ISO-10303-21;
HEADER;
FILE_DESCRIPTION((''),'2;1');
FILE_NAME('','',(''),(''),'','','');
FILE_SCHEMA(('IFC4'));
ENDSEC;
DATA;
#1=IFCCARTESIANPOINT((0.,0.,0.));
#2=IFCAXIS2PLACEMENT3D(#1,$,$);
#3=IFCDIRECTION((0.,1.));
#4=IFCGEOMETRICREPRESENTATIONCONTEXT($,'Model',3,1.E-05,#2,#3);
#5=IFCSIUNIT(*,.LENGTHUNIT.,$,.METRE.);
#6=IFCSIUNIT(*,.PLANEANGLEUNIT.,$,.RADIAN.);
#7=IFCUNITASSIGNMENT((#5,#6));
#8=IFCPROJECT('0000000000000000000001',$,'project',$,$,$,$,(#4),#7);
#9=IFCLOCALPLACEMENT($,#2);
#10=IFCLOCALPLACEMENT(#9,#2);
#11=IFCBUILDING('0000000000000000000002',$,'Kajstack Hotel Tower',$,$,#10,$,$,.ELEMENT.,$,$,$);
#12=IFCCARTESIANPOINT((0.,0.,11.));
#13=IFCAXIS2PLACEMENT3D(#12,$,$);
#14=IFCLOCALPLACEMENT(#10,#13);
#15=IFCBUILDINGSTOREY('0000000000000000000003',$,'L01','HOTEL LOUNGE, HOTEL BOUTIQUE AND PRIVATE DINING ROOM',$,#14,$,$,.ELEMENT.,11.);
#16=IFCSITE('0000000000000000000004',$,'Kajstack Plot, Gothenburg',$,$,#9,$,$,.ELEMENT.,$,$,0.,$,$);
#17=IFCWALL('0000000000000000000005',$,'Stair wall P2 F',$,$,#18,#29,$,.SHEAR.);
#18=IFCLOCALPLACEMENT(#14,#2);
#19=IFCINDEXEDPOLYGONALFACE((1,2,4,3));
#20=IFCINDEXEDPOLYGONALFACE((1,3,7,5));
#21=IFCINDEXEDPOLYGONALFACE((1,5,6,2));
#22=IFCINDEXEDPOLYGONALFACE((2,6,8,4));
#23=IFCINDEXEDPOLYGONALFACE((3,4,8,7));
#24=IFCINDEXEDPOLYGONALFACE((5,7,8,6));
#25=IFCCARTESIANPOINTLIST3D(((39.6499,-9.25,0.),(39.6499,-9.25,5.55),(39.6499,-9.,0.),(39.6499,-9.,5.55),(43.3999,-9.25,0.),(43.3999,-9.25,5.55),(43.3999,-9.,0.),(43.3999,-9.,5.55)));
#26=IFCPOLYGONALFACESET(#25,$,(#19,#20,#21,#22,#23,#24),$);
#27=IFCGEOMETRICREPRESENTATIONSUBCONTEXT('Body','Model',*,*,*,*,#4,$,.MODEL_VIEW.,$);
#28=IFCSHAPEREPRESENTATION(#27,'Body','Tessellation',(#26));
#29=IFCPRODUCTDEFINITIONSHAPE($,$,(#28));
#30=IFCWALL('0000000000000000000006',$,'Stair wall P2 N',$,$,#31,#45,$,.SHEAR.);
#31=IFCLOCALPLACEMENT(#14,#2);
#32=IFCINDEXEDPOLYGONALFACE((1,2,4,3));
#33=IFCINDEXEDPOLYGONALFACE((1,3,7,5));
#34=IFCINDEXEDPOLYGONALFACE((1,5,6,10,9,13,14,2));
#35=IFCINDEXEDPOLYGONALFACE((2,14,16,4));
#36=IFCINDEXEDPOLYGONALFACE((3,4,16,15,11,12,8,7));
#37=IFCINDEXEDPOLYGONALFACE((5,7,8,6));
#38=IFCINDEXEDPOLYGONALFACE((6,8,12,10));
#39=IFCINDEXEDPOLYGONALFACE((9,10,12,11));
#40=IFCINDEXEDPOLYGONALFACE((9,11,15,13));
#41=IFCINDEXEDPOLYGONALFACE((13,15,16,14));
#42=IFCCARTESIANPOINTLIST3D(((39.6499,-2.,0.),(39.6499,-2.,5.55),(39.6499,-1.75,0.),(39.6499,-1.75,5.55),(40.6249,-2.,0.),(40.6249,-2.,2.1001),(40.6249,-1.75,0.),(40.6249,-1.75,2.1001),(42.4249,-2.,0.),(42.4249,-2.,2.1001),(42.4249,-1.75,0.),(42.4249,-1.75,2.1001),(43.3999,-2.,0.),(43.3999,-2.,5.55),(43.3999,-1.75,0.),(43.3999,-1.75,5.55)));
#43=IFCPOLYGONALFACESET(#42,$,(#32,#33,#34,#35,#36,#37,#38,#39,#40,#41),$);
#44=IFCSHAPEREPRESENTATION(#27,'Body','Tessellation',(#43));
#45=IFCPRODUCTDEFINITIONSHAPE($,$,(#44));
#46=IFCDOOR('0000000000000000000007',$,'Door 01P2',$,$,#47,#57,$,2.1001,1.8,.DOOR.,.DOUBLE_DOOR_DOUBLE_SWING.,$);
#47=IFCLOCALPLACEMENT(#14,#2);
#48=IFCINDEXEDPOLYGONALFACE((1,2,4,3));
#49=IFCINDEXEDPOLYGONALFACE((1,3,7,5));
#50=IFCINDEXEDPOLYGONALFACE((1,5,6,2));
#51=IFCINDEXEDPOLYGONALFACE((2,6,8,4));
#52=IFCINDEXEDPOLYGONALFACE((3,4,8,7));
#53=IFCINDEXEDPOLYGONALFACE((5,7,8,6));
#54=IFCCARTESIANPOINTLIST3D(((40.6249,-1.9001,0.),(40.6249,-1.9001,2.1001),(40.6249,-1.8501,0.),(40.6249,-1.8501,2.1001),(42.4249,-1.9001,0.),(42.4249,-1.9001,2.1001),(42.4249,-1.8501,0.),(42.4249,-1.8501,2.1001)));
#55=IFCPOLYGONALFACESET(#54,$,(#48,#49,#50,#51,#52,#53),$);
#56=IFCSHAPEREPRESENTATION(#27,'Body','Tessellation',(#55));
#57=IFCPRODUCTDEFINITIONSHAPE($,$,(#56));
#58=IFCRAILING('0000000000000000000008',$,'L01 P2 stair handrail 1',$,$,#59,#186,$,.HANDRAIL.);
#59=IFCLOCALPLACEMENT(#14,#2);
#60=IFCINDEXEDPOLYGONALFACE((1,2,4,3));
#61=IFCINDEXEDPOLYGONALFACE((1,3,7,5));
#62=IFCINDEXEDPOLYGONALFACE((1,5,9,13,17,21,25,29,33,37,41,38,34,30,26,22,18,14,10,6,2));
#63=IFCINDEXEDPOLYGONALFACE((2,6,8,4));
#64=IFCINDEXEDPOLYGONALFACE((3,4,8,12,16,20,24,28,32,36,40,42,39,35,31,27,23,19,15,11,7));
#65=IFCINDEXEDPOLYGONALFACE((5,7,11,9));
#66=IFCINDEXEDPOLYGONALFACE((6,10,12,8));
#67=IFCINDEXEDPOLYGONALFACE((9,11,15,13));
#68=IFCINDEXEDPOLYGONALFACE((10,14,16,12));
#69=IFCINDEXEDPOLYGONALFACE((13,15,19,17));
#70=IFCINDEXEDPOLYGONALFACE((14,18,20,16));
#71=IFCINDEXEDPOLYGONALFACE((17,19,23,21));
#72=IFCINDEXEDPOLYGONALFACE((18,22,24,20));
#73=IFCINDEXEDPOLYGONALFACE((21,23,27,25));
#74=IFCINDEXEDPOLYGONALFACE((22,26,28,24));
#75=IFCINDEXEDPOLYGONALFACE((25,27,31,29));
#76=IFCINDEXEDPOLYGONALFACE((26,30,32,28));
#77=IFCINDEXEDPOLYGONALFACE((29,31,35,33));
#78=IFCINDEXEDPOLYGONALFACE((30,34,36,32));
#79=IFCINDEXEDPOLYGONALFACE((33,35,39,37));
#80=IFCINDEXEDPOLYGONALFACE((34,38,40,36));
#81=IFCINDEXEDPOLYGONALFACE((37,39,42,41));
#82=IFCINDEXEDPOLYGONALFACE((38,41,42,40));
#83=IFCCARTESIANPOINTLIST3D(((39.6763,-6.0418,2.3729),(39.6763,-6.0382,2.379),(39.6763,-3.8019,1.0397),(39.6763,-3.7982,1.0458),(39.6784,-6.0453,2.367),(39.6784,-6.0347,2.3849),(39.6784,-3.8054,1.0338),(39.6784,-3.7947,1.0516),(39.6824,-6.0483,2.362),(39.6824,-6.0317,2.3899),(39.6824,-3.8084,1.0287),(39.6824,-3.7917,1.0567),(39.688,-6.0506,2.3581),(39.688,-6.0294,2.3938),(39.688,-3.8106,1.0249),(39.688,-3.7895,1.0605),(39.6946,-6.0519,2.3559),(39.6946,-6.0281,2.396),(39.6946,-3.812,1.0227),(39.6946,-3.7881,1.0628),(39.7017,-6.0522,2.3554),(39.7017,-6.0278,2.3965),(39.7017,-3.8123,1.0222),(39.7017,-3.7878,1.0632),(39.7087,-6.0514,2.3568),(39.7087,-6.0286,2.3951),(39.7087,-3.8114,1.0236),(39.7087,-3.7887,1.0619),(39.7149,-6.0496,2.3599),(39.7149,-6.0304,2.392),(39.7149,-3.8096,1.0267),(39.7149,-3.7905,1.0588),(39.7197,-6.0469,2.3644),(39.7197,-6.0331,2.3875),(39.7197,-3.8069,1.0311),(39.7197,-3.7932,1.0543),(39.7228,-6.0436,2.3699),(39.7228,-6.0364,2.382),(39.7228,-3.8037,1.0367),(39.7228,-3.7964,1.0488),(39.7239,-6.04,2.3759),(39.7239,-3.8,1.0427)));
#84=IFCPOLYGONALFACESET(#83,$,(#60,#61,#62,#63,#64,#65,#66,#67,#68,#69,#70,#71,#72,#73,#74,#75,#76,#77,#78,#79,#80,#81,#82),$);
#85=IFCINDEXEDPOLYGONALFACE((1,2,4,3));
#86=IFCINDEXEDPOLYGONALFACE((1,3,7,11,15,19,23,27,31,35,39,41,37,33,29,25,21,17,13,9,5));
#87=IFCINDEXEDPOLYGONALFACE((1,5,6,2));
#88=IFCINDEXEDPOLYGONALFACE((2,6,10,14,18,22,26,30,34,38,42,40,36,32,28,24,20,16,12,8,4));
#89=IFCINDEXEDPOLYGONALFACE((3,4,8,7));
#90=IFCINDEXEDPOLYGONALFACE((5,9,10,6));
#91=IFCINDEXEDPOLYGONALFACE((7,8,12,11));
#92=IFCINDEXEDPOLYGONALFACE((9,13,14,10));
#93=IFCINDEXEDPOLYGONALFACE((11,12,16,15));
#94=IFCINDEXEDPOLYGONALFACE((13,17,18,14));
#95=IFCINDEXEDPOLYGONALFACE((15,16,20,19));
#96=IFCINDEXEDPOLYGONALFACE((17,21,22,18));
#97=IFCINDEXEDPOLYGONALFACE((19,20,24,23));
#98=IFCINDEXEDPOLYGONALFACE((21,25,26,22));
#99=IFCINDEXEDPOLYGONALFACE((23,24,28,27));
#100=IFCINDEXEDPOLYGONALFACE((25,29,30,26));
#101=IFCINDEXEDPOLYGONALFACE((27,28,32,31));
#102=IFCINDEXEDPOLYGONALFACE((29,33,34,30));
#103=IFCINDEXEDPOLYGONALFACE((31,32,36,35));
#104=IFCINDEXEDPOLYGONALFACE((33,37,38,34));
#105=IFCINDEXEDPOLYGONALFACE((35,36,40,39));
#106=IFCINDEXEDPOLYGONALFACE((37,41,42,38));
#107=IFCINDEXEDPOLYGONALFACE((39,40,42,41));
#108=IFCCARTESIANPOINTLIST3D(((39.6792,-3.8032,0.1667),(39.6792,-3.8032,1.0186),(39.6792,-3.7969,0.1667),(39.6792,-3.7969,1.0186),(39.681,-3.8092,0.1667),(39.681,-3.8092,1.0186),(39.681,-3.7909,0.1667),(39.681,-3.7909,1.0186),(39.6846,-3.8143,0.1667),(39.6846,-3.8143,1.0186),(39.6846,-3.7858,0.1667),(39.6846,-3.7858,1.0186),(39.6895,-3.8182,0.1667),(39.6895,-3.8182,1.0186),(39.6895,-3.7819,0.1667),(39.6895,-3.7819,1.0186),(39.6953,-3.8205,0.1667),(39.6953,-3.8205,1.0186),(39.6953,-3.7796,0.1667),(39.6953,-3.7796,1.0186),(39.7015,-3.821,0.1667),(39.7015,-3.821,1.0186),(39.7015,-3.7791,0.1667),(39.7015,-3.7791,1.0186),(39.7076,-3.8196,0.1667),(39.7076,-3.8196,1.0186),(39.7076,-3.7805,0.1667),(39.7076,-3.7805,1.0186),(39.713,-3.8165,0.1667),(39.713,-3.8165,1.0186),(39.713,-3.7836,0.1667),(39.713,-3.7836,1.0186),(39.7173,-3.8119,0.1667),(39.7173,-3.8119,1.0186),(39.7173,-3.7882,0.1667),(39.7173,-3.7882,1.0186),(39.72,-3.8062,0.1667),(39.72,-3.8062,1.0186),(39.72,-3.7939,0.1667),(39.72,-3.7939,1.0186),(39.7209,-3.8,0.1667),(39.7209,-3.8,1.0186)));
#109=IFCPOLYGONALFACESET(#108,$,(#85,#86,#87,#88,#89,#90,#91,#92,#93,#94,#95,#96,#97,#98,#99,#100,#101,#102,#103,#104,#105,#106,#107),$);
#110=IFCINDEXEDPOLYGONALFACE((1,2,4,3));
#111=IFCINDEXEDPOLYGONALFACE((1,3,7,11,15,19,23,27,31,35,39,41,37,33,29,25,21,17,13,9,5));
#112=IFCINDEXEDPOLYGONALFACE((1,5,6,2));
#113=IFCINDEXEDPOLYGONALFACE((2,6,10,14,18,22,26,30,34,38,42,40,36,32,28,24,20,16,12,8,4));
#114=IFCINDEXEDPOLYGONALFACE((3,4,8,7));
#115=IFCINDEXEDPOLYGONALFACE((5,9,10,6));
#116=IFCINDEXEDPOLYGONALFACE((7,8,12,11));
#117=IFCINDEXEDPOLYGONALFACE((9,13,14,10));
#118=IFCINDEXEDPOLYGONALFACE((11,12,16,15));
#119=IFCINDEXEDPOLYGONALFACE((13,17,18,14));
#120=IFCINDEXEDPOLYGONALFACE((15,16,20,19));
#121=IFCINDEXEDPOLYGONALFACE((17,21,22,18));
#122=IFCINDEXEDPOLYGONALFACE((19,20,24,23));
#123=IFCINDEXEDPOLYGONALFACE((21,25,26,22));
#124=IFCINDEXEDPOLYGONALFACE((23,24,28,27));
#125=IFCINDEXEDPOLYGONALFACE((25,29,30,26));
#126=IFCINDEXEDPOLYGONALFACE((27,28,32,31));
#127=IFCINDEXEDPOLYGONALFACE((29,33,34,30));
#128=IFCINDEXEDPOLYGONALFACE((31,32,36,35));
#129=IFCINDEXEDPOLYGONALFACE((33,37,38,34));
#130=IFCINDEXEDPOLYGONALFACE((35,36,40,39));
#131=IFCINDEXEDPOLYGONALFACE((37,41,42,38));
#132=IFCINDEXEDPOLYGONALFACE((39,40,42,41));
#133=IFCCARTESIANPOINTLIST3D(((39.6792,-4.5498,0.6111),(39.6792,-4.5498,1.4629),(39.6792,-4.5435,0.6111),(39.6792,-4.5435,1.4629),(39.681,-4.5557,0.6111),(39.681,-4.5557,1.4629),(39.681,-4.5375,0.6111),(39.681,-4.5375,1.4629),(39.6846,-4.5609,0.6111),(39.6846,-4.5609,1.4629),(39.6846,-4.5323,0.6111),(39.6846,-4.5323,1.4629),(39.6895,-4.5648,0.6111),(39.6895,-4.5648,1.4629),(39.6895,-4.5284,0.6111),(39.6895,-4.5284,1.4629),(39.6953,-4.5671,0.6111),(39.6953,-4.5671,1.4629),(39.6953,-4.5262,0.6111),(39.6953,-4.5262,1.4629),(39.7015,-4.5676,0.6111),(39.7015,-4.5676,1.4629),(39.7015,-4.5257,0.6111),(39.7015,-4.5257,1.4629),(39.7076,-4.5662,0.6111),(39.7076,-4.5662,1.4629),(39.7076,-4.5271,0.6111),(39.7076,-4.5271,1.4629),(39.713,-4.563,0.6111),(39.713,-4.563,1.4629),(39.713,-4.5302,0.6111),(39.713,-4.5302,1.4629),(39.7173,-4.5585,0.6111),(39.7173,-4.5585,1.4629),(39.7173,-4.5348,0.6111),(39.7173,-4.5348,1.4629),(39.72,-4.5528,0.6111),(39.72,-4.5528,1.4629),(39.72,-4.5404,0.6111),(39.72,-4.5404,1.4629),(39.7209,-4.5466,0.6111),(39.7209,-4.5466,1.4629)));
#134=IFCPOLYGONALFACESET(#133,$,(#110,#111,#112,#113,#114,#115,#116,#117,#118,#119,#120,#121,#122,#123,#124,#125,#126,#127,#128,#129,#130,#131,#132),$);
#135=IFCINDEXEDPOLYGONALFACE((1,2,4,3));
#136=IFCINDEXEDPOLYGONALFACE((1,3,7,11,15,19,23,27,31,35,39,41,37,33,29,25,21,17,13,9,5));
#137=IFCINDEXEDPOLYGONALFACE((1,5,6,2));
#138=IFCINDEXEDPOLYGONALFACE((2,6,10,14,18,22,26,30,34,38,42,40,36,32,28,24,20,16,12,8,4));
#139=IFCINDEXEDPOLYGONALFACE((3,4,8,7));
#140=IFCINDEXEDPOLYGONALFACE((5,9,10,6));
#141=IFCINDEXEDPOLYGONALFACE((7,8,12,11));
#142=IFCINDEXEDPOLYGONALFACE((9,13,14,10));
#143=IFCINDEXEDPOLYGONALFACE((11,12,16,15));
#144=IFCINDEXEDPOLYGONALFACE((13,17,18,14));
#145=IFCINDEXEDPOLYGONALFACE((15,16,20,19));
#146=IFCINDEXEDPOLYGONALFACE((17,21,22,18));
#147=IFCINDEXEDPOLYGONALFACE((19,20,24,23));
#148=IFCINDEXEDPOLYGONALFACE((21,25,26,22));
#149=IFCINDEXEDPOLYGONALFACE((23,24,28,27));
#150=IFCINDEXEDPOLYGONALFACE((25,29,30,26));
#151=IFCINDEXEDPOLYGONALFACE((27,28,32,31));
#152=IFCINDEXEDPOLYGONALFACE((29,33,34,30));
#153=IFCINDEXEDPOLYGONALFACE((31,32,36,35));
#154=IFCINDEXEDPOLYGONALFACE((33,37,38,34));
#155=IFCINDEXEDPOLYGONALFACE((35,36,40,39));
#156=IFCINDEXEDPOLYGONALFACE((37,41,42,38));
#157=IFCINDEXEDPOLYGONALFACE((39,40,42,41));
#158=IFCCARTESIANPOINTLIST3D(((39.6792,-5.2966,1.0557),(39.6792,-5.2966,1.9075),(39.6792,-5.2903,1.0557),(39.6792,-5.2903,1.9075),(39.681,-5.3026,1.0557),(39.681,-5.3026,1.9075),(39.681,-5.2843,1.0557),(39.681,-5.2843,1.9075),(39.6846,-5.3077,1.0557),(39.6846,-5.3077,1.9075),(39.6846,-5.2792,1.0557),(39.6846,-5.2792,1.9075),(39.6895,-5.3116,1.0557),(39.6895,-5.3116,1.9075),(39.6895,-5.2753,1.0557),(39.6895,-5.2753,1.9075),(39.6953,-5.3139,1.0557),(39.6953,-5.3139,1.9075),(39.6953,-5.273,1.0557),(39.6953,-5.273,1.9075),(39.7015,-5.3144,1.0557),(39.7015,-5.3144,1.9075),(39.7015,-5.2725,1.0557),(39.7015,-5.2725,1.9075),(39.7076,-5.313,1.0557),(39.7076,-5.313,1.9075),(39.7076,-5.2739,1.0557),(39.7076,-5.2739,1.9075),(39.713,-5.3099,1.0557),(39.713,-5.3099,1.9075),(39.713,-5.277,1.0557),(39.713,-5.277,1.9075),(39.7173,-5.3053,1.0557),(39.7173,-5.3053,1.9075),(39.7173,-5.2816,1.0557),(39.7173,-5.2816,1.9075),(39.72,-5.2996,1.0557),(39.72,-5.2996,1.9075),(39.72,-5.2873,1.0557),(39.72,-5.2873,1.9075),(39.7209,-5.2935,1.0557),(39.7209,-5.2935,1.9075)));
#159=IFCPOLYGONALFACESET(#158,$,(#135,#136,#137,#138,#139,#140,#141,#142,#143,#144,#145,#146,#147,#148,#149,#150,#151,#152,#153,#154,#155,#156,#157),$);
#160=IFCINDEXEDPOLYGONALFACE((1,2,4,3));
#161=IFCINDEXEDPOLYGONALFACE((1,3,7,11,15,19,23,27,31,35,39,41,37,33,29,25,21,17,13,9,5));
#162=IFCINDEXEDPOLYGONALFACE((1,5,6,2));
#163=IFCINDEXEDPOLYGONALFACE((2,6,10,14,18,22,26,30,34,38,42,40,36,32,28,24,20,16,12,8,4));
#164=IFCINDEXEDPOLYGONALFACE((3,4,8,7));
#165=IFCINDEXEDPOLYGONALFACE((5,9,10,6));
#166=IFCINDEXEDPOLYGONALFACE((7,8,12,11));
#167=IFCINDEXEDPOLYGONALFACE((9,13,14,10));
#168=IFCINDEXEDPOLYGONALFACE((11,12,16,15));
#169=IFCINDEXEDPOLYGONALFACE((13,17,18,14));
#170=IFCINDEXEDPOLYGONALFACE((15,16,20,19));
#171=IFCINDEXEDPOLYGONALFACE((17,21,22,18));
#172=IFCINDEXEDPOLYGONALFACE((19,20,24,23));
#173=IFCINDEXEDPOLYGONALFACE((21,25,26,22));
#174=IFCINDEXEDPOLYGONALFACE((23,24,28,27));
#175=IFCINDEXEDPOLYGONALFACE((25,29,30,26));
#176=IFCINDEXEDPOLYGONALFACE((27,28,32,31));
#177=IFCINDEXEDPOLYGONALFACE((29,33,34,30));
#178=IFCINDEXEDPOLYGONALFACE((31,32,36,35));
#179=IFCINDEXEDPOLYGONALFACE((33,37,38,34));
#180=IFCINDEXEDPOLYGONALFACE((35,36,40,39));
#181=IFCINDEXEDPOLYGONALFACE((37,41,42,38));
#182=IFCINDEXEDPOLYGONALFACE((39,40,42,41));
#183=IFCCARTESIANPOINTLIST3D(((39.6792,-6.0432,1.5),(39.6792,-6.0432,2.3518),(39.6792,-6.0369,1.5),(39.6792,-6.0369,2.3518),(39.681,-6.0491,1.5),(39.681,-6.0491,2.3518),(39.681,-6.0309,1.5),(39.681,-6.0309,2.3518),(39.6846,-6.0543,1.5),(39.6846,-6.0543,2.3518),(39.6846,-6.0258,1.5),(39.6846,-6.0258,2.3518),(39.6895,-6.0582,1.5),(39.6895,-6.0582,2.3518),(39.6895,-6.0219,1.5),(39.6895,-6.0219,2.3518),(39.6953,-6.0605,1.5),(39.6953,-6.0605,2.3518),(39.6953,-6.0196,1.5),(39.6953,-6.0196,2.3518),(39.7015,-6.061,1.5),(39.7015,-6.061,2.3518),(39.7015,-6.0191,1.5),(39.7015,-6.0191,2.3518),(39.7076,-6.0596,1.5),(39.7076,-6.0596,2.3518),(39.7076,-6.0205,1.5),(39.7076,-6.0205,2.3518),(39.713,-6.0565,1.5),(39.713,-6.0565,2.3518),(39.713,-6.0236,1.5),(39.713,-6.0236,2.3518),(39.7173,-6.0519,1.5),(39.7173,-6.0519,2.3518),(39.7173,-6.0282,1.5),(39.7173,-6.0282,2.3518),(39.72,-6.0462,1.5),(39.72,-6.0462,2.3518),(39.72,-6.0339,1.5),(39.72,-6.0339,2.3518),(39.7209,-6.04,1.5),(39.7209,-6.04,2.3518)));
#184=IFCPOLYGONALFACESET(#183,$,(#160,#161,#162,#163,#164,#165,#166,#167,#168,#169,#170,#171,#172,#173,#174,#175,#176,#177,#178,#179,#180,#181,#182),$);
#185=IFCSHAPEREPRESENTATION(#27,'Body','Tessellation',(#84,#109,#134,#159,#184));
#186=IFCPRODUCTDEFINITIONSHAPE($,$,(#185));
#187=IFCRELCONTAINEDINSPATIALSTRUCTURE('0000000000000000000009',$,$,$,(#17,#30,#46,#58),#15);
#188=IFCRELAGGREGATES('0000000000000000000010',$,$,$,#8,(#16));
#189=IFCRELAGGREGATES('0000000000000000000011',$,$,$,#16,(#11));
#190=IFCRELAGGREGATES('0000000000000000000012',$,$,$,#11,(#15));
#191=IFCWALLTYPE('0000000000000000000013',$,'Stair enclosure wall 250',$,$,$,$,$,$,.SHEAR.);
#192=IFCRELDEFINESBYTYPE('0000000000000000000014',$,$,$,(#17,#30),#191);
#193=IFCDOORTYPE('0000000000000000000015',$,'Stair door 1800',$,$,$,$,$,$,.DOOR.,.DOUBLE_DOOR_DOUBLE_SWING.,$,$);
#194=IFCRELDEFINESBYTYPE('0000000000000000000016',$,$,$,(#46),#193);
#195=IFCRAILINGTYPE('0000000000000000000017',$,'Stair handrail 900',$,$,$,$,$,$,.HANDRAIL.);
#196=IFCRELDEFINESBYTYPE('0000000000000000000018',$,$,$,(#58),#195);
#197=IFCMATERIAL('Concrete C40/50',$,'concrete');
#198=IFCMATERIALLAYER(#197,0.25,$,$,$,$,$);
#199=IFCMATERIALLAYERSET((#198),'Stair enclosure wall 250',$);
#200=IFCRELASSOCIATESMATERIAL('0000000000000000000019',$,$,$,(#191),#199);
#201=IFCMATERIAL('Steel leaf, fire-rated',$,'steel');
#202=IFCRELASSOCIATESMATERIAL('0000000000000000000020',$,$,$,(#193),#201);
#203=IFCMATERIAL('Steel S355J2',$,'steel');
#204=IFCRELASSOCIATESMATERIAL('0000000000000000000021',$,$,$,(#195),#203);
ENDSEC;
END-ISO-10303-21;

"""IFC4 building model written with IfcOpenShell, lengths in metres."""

from ifc_helpers import new_model, si_unit, direction, frame, frame_2d, origin, origin_2d, place, context, subcontext, project, spatial, rectangle, circle, extrude, material, layer, layer_set, type_object, element, fill, save


model = new_model("IFC4")

# Units and contexts
model_context = context("Model", 3, precision=1e-05, world=origin(), true_north=direction((0.0, 1.0)))
body_context = subcontext(model_context, "Body", "Model", "MODEL_VIEW")
ifc_project = project(units=[si_unit("LENGTHUNIT", "METRE"), si_unit("PLANEANGLEUNIT", "RADIAN")], contexts=[model_context])

# Site, building, storey
site_placement = place(None, origin())
site = spatial("IfcSite", under=ifc_project, at=site_placement, Name="Kajstack Plot, Gothenburg", CompositionType="ELEMENT", RefElevation=0.0)
building_placement = place(site_placement, origin())
building = spatial("IfcBuilding", under=site, at=building_placement, Name="Kajstack Hotel Tower", CompositionType="ELEMENT")
storey_placement = place(building_placement, frame((0.0, 0.0, 11.0)))
storey = spatial("IfcBuildingStorey", under=building, at=storey_placement, Name="L01", Description="HOTEL LOUNGE, HOTEL BOUTIQUE AND PRIVATE DINING ROOM", CompositionType="ELEMENT", Elevation=11.0)

# Wall
ifc_material_1 = material(Name="Concrete C40/50", Category="concrete")
ifc_layer_1 = layer(ifc_material_1, 0.25)
ifc_layer_set_1 = layer_set([ifc_layer_1], Name="Stair enclosure wall 250")
wall_type_1 = type_object("IfcWallType", Name="Stair enclosure wall 250", PredefinedType="SHEAR", material=ifc_layer_set_1)
wall_1_placement = place(storey_placement, frame((39.6499, -9.125, 0.0), z_axis=(0.0, 0.0, 1.0), x_axis=(1.0, 0.0, 0.0)))
element("IfcWall", 1, at=wall_1_placement, inside=storey, type_object=wall_type_1, Name="Stair wall P2 F", PredefinedType="SHEAR", context=body_context, shape_type="SweptSolid", body=[
    extrude(rectangle(XDim=3.75, YDim=0.25, at=frame_2d((1.875, 0.0))), origin(), (0.0, 0.0, 1.0), 5.55),
])

# Wall, opening, door
wall_2_placement = place(storey_placement, frame((39.6499, -1.875, 0.0), z_axis=(0.0, 0.0, 1.0), x_axis=(1.0, 0.0, 0.0)))
wall_2 = element("IfcWall", 2, at=wall_2_placement, inside=storey, type_object=wall_type_1, Name="Stair wall P2 N", PredefinedType="SHEAR", context=body_context, shape_type="SweptSolid", body=[
    extrude(rectangle(XDim=3.75, YDim=0.25, at=frame_2d((1.875, 0.0))), origin(), (0.0, 0.0, 1.0), 5.55),
])
opening_1_placement = place(wall_2_placement, frame((0.9751, 0.0, 0.0)))
opening_1 = element("IfcOpeningElement", 3, at=opening_1_placement, cuts=wall_2, PredefinedType="OPENING", context=body_context, shape_type="SweptSolid", body=[
    extrude(rectangle(XDim=1.8, YDim=2.1001, at=frame_2d((0.8999, 1.05))), frame((0.0, 0.135, 0.0), z_axis=(0.0, -1.0, 0.0), x_axis=(1.0, 0.0, 0.0)), (0.0, 0.0, 1.0), 0.27),
])
ifc_material_2 = material(Name="Steel leaf, fire-rated", Category="steel")
door_type_1 = type_object("IfcDoorType", Name="Stair door 1800", OperationType="DOUBLE_DOOR_DOUBLE_SWING", PredefinedType="DOOR", material=ifc_material_2)
door_1_placement = place(opening_1_placement, origin())
door_1 = element("IfcDoor", 4, at=door_1_placement, inside=storey, type_object=door_type_1, Name="Door 01P2", OperationType="DOUBLE_DOOR_DOUBLE_SWING", OverallHeight=2.1001, OverallWidth=1.8, PredefinedType="DOOR", context=body_context, shape_type="SweptSolid", body=[
    extrude(rectangle(XDim=1.8, YDim=2.1001, at=frame_2d((0.8999, 1.05))), frame((0.0, 0.0249, 0.0), z_axis=(0.0, -1.0, 0.0), x_axis=(1.0, 0.0, 0.0)), (0.0, 0.0, 1.0), 0.05),
])
fill(opening_1, door_1)

# Railing
ifc_material_3 = material(Name="Steel S355J2", Category="steel")
railing_type = type_object("IfcRailingType", Name="Stair handrail 900", PredefinedType="HANDRAIL", material=ifc_material_3)
for number, where, name in (
    (5, (39.7, -3.8, 0.1667), "L01 P2 stair handrail 1"),
):
    element("IfcRailing", number, at=place(storey_placement, frame(where)), inside=storey, type_object=railing_type, Name=name, PredefinedType="HANDRAIL", context=body_context, shape_type="SweptSolid", body=[
        extrude(circle(Radius=0.0239, at=origin_2d()), frame((0.0, 0.0, 0.876), z_axis=(0.0, -0.859306, 0.511462), x_axis=(1.0, 0.0, 0.0)), (0.0, 0.0, 1.0), 2.6067),
        extrude(circle(Radius=0.021, at=origin_2d()), origin(), (0.0, 0.0, 1.0), 0.8518),
        extrude(circle(Radius=0.021, at=origin_2d()), frame((0.0, -0.7466, 0.4443)), (0.0, 0.0, 1.0), 0.8518),
        extrude(circle(Radius=0.021, at=origin_2d()), frame((0.0, -1.4934, 0.8889)), (0.0, 0.0, 1.0), 0.8518),
        extrude(circle(Radius=0.021, at=origin_2d()), frame((0.0, -2.24, 1.3333)), (0.0, 0.0, 1.0), 0.8518),
    ])

save(model, "model.ifc")
